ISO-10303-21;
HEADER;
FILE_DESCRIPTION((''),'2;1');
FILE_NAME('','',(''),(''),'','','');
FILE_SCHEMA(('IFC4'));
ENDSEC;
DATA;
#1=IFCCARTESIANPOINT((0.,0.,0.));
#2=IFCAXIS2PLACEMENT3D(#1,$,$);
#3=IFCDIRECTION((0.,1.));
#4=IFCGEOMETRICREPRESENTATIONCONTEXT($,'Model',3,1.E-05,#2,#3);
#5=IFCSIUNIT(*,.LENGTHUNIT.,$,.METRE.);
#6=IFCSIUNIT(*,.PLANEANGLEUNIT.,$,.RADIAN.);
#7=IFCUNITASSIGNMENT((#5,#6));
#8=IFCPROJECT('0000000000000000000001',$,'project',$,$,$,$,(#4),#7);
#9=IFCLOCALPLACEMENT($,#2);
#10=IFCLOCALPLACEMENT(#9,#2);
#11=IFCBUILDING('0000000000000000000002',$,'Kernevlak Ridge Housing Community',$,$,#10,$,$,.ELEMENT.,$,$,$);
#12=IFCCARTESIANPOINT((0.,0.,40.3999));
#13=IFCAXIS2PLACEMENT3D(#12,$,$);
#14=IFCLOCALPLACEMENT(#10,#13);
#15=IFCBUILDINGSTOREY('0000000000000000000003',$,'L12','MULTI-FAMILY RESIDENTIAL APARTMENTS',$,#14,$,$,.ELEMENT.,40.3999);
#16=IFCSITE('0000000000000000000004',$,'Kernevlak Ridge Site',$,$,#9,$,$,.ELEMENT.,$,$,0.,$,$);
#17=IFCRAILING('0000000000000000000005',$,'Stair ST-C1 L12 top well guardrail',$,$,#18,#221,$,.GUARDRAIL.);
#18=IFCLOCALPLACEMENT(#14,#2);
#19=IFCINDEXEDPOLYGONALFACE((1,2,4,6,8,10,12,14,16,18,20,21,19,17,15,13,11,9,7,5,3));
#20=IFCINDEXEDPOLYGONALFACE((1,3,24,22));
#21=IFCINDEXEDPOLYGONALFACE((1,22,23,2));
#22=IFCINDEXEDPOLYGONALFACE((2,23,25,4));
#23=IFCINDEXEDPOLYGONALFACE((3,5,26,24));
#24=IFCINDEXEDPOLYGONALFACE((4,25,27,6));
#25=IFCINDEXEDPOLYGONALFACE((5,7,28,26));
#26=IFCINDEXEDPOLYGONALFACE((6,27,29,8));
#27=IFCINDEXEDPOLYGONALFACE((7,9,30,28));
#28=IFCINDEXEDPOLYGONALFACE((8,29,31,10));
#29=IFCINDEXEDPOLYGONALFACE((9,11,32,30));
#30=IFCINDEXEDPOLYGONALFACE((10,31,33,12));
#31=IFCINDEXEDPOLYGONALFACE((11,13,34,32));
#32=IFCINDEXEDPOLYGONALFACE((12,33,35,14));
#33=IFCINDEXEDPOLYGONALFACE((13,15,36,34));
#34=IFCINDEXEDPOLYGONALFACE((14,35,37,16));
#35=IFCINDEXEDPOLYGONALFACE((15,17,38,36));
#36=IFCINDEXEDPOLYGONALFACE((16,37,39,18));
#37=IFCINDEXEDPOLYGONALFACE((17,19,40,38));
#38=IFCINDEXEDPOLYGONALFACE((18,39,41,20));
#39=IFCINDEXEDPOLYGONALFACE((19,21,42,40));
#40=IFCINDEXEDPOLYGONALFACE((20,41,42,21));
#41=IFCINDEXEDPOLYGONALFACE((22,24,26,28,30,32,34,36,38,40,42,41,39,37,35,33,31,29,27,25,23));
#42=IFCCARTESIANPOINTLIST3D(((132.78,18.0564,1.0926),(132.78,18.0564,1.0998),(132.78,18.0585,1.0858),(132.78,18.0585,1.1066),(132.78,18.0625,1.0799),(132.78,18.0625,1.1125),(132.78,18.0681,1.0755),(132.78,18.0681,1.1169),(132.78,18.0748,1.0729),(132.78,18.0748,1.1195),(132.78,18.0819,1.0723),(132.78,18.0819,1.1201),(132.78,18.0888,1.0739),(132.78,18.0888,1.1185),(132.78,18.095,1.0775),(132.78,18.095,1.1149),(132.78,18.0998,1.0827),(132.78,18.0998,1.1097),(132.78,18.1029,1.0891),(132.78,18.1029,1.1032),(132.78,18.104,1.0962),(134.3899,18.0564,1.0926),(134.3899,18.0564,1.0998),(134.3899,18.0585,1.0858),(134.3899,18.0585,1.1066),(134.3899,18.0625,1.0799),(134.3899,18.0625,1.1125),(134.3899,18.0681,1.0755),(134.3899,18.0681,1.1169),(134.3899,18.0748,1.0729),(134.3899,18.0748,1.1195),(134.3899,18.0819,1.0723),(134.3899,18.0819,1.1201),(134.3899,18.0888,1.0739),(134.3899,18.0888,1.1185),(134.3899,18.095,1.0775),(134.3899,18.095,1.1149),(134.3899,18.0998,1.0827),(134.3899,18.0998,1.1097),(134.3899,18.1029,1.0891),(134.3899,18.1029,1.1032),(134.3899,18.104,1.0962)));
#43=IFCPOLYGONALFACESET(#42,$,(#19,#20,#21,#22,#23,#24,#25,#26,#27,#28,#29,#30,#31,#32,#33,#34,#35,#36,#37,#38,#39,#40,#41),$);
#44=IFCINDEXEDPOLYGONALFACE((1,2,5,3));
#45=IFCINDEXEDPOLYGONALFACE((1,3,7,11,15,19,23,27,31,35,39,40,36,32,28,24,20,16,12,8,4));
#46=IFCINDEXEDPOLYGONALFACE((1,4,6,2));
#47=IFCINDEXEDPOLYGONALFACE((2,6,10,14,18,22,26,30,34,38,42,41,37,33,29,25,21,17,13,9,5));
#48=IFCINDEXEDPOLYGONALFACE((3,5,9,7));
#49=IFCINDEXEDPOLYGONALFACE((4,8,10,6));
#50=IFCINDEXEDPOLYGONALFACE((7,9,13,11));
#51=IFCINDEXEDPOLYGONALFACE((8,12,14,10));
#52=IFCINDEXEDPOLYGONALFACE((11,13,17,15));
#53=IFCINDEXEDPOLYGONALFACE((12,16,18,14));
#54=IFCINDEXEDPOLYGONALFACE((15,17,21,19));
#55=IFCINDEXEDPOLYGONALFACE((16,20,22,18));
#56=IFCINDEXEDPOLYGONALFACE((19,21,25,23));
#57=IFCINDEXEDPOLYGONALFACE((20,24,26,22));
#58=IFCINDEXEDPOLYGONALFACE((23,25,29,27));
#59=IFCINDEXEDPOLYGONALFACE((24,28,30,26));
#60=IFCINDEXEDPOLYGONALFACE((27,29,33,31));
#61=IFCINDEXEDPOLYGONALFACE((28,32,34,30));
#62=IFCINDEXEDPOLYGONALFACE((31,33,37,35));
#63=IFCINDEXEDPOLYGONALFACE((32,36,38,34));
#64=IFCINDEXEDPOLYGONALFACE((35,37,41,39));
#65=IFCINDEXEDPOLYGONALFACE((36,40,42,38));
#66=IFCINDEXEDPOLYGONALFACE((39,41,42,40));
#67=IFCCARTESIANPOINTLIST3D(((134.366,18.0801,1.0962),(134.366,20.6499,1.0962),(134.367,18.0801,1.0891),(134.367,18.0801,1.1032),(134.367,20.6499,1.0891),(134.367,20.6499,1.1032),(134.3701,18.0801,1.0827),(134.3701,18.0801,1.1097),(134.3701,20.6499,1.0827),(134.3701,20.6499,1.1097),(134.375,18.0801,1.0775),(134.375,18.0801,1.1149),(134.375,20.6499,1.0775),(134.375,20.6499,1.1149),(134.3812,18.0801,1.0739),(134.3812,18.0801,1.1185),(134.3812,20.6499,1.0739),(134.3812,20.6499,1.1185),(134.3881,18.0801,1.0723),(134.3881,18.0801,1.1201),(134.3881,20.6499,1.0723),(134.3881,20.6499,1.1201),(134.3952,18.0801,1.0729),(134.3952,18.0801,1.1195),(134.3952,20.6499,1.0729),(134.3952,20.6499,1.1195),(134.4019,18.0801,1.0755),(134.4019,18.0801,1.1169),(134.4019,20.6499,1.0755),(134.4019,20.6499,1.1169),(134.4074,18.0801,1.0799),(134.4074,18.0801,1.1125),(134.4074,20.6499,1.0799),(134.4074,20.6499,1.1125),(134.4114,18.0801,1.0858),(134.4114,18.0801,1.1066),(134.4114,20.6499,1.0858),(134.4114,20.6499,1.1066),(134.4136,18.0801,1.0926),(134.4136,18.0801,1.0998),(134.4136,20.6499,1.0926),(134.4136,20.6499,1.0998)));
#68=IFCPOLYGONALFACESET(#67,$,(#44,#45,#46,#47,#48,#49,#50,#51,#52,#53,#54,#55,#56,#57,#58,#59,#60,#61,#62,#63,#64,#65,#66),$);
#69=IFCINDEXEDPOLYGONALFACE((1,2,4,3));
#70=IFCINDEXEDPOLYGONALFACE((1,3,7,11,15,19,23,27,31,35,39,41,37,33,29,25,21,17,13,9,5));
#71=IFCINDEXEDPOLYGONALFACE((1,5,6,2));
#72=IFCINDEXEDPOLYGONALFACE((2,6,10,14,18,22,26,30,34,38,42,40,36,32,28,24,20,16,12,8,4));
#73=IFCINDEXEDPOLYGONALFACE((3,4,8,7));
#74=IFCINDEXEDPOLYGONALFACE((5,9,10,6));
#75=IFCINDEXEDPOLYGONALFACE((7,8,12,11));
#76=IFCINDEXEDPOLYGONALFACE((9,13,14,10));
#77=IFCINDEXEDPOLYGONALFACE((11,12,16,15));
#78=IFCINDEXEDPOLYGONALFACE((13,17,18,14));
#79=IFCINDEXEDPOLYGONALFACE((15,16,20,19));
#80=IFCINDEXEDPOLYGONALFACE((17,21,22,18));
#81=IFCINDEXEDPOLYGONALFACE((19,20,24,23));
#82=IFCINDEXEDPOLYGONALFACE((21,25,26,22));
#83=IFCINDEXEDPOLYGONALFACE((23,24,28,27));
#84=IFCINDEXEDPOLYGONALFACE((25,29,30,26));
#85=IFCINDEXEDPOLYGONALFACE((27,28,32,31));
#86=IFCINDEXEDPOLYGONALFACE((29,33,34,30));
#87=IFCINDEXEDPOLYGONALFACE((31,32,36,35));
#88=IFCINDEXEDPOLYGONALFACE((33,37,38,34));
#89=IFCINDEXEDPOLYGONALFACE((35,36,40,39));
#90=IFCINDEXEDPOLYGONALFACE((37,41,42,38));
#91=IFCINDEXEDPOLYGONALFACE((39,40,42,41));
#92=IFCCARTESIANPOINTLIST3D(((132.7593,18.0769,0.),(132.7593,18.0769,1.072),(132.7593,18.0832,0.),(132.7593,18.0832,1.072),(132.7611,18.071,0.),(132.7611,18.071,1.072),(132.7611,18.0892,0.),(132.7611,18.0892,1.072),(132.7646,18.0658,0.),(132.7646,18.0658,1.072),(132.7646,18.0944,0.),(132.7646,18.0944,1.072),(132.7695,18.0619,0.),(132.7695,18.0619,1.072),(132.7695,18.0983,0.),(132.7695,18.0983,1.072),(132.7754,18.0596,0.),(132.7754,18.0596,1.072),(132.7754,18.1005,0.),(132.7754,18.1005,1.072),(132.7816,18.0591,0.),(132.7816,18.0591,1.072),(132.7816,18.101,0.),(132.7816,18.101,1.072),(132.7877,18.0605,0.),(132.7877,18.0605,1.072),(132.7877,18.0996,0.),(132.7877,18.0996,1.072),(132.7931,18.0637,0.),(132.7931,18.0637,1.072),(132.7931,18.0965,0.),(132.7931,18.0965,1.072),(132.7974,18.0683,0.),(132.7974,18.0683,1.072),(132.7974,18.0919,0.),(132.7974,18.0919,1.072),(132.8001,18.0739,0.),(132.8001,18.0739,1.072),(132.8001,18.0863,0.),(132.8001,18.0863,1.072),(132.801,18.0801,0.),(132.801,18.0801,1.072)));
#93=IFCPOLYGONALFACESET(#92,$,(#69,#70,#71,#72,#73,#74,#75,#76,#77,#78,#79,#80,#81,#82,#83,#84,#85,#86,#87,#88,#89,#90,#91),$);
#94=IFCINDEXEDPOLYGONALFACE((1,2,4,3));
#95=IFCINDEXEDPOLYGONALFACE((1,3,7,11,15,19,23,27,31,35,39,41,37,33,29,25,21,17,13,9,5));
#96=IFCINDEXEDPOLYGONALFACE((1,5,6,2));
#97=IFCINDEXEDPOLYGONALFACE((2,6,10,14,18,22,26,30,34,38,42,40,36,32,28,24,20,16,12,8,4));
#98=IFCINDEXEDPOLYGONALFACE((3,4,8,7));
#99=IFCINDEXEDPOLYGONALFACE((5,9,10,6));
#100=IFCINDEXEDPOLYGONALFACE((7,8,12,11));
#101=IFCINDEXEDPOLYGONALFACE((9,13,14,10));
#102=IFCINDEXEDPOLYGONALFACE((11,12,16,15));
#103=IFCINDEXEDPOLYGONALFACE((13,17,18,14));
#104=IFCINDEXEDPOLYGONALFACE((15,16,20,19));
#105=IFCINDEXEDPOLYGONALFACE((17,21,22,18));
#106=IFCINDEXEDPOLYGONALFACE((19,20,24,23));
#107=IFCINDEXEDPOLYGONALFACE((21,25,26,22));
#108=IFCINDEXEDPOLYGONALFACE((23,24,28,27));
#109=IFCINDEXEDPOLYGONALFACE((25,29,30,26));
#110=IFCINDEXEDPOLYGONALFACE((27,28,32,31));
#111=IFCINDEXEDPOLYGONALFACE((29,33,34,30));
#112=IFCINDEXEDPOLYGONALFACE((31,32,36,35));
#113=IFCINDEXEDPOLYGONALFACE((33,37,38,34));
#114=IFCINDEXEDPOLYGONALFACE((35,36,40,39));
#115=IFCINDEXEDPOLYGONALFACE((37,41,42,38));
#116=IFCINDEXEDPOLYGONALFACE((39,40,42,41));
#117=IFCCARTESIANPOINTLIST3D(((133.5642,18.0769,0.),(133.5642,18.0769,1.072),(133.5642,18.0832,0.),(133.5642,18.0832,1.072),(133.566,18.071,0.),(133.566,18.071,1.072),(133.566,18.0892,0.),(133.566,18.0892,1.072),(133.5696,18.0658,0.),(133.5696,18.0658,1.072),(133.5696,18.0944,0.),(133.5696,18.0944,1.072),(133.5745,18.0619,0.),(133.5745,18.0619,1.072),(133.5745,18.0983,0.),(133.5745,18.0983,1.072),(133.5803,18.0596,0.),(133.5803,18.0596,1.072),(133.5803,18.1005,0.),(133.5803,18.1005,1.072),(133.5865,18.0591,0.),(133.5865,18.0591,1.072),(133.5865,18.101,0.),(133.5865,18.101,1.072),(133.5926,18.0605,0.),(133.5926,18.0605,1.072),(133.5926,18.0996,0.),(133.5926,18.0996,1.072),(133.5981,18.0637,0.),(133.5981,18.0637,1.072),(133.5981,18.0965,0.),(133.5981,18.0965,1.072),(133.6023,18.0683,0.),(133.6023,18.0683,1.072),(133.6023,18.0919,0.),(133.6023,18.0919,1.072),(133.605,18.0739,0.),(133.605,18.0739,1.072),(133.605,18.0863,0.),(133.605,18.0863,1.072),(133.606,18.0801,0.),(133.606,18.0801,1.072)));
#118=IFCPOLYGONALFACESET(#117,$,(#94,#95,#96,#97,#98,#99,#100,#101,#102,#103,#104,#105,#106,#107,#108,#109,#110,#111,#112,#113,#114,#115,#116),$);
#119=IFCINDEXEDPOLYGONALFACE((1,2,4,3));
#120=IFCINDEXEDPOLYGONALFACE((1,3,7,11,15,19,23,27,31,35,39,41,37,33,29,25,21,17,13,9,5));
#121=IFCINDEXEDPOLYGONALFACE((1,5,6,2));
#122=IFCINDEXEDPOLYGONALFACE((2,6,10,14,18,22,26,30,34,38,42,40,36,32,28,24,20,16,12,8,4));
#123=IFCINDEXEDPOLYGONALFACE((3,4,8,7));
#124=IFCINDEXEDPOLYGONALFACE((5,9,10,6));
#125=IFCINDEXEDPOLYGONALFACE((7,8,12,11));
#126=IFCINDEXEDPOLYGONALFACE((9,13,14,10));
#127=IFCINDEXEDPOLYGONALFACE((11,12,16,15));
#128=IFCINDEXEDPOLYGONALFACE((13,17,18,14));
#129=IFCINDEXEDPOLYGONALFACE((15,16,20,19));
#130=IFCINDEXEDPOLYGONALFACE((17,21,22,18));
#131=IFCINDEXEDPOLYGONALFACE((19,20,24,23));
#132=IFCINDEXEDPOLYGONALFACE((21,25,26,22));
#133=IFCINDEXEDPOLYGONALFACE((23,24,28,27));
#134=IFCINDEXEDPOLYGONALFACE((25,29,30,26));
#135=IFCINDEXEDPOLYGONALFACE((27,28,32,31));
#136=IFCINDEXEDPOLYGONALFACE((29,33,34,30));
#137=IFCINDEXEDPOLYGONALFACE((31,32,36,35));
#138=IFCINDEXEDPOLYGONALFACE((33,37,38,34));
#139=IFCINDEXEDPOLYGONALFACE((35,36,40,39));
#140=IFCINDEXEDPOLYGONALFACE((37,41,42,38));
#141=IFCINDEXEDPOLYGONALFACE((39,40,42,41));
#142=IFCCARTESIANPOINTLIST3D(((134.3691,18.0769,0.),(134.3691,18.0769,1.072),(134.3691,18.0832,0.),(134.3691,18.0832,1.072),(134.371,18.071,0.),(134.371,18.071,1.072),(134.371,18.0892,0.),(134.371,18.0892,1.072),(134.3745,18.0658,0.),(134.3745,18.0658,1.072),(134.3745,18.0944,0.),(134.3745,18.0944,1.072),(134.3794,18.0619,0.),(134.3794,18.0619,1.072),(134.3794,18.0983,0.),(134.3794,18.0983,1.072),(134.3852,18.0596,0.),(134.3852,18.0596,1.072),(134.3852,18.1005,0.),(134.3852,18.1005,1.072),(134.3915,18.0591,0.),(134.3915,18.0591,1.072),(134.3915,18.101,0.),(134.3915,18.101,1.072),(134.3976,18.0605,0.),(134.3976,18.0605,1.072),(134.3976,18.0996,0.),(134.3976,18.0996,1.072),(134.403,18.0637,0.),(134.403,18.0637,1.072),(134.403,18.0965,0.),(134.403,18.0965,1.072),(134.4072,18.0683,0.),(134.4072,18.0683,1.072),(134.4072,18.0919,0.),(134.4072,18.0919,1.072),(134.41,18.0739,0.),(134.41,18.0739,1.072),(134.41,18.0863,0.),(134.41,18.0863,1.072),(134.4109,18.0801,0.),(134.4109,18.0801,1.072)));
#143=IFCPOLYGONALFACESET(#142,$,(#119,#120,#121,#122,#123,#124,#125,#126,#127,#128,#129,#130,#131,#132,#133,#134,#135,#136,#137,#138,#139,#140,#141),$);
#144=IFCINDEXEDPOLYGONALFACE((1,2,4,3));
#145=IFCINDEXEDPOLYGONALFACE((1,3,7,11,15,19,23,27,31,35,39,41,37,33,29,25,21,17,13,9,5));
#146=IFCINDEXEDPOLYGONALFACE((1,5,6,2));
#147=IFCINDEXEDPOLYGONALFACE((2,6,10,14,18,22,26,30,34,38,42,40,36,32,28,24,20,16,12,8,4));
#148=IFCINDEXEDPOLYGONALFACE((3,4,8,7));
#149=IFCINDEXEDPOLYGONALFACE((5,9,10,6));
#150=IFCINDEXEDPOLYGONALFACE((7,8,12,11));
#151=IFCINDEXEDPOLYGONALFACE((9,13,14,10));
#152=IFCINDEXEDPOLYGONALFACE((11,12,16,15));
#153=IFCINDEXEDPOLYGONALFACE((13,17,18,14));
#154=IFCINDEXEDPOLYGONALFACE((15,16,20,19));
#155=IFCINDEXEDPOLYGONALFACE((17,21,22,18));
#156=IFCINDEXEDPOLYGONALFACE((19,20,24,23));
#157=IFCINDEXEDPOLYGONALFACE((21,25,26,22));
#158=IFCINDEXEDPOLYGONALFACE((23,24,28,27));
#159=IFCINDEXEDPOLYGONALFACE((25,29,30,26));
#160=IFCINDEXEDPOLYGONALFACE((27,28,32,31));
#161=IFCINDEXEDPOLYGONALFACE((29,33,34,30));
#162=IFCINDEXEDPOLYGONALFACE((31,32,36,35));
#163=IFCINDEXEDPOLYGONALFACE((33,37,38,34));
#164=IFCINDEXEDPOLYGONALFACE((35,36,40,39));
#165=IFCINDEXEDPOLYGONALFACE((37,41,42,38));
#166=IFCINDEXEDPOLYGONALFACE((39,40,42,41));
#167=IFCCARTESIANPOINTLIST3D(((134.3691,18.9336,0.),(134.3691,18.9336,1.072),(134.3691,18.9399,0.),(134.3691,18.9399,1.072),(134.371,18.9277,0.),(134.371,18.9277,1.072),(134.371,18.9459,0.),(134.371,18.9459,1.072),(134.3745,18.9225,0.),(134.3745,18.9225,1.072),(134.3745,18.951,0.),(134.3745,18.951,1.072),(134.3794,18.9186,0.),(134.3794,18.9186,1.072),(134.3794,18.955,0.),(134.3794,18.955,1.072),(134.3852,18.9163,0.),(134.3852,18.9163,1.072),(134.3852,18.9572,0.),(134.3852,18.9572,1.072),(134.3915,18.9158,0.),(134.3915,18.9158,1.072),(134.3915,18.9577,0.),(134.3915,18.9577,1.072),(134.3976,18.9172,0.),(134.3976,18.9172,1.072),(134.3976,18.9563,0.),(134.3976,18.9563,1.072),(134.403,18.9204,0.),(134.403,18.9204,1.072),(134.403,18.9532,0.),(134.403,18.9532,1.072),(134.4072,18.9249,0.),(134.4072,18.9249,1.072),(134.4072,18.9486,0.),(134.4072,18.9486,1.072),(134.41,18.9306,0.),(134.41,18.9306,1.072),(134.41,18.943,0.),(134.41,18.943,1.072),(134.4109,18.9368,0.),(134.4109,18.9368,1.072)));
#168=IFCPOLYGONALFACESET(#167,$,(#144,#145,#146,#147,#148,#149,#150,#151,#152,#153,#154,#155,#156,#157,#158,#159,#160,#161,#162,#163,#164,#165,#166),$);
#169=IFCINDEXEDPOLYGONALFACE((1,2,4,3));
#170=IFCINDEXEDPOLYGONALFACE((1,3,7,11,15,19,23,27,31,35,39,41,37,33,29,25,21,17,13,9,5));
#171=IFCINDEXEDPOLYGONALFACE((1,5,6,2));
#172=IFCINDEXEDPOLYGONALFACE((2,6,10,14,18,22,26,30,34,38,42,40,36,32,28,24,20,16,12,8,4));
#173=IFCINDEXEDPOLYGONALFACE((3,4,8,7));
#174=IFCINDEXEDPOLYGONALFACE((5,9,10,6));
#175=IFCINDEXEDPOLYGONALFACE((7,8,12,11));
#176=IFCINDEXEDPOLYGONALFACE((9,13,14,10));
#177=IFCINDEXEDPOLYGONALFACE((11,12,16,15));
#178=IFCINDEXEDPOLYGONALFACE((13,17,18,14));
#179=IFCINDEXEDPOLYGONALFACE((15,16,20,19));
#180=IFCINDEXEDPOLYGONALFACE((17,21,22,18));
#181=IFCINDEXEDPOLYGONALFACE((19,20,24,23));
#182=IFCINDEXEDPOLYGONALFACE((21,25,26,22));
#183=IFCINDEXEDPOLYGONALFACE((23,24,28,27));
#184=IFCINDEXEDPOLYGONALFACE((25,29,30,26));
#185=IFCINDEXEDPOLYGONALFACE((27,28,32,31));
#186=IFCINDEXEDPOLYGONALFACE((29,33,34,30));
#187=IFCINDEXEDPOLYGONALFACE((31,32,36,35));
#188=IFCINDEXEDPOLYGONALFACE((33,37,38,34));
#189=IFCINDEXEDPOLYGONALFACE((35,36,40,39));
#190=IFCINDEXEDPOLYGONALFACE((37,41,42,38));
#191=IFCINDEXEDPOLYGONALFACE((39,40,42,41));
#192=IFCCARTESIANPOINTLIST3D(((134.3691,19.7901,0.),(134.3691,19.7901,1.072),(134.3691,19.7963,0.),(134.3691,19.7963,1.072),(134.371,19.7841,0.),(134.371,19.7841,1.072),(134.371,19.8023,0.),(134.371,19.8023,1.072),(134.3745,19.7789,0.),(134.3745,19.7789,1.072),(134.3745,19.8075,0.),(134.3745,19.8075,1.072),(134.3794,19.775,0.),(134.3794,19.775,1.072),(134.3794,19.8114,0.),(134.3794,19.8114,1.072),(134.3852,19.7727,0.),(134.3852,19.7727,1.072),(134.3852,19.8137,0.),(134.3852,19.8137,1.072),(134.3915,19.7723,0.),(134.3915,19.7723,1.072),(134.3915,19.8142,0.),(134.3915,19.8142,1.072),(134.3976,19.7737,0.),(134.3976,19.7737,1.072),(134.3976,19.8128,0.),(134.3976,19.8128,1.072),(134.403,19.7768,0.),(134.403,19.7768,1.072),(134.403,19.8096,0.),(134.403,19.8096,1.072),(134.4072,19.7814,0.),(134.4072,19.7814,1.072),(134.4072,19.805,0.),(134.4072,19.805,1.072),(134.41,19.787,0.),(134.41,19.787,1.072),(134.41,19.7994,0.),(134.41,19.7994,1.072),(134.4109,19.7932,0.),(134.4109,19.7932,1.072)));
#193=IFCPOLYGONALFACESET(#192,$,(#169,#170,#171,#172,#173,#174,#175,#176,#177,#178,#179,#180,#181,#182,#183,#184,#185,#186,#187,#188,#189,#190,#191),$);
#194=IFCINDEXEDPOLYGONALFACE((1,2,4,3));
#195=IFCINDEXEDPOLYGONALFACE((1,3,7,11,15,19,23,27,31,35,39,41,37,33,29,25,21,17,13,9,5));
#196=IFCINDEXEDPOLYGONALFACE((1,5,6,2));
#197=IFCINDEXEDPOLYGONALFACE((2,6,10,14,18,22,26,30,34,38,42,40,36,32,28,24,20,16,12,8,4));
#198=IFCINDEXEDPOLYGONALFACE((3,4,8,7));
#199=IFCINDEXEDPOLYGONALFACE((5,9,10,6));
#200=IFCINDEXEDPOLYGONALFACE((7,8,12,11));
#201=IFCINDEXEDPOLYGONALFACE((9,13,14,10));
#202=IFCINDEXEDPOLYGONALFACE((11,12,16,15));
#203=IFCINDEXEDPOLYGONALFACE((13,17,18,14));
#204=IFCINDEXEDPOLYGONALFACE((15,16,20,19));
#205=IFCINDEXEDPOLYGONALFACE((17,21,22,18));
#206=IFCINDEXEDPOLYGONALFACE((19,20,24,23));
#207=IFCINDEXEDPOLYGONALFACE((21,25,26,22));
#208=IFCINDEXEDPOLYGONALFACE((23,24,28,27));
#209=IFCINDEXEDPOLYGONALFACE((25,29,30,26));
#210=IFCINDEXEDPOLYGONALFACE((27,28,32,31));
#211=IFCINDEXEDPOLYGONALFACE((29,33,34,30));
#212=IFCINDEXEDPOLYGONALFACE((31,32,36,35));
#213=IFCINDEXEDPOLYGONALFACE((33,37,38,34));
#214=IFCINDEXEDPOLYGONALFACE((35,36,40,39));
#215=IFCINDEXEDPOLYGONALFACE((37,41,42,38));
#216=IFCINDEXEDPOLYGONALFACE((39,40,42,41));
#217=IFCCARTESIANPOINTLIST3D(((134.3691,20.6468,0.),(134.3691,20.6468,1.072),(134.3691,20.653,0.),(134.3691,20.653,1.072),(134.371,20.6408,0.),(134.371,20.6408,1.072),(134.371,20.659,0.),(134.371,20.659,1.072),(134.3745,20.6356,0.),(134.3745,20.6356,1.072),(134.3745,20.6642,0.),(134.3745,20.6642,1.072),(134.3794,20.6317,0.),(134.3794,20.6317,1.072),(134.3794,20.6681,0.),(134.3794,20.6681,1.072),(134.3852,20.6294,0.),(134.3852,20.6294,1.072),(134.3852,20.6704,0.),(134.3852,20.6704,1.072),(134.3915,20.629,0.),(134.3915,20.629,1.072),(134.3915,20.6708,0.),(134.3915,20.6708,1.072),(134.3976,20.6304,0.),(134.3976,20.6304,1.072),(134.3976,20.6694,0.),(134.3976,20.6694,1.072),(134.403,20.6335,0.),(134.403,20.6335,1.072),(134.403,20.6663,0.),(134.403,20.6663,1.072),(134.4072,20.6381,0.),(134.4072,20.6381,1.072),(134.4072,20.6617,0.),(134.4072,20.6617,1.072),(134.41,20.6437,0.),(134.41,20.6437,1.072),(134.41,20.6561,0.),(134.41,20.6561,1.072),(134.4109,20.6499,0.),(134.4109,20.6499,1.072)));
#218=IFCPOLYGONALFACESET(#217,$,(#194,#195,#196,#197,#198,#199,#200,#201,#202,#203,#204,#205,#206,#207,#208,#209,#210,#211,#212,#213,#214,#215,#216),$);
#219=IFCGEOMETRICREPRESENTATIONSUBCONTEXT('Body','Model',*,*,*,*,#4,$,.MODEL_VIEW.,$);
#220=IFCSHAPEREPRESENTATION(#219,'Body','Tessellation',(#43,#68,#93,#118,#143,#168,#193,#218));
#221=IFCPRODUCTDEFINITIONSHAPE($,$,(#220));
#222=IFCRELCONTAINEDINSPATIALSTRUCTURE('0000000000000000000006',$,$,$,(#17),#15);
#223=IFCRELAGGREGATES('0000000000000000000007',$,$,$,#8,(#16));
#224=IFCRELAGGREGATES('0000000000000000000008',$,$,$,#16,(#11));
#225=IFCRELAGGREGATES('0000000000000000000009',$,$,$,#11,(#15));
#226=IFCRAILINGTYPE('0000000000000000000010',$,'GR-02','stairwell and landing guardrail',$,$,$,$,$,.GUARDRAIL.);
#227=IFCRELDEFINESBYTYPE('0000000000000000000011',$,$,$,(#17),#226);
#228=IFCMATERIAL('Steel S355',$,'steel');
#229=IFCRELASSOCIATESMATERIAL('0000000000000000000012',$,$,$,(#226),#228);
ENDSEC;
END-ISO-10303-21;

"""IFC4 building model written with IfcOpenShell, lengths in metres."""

from ifc_helpers import new_model, si_unit, direction, frame, origin, origin_2d, place, context, subcontext, project, spatial, circle, extrude, material, type_object, element, save


model = new_model("IFC4")

# Units and contexts
model_context = context("Model", 3, precision=1e-05, world=origin(), true_north=direction((0.0, 1.0)))
body_context = subcontext(model_context, "Body", "Model", "MODEL_VIEW")
ifc_project = project(units=[si_unit("LENGTHUNIT", "METRE"), si_unit("PLANEANGLEUNIT", "RADIAN")], contexts=[model_context])

# Site, building, storey
site_placement = place(None, origin())
site = spatial("IfcSite", under=ifc_project, at=site_placement, Name="Kernevlak Ridge Site", CompositionType="ELEMENT", RefElevation=0.0)
building_placement = place(site_placement, origin())
building = spatial("IfcBuilding", under=site, at=building_placement, Name="Kernevlak Ridge Housing Community", CompositionType="ELEMENT")
storey_placement = place(building_placement, frame((0.0, 0.0, 40.3999)))
storey = spatial("IfcBuildingStorey", under=building, at=storey_placement, Name="L12", Description="MULTI-FAMILY RESIDENTIAL APARTMENTS", CompositionType="ELEMENT", Elevation=40.3999)

# Railing
ifc_material_1 = material(Name="Steel S355", Category="steel")
railing_type = type_object("IfcRailingType", Name="GR-02", Description="stairwell and landing guardrail", PredefinedType="GUARDRAIL", material=ifc_material_1)
railing_placement = place(storey_placement, frame((132.78, 18.0801, 0.0)))
element("IfcRailing", 1, at=railing_placement, inside=storey, type_object=railing_type, Name="Stair ST-C1 L12 top well guardrail", PredefinedType="GUARDRAIL", context=body_context, shape_type="SweptSolid", body=[
    extrude(circle(Radius=0.0239, at=origin_2d()), frame((0.0, 0.0, 1.0962), z_axis=(1.0, 0.0, 0.0), x_axis=(0.0, 1.0, 0.0)), (0.0, 0.0, 1.0), 1.6099),
    extrude(circle(Radius=0.0239, at=origin_2d()), frame((1.6099, 0.0, 1.0962), z_axis=(0.0, 1.0, 0.0), x_axis=(-1.0, 0.0, 0.0)), (0.0, 0.0, 1.0), 2.5698),
    extrude(circle(Radius=0.021, at=origin_2d()), origin(), (0.0, 0.0, 1.0), 1.072),
    extrude(circle(Radius=0.021, at=origin_2d()), frame((0.8049, 0.0, 0.0)), (0.0, 0.0, 1.0), 1.072),
    extrude(circle(Radius=0.021, at=origin_2d()), frame((1.6099, 0.0, 0.0)), (0.0, 0.0, 1.0), 1.072),
    extrude(circle(Radius=0.021, at=origin_2d()), frame((1.6099, 0.8567, 0.0)), (0.0, 0.0, 1.0), 1.072),
    extrude(circle(Radius=0.021, at=origin_2d()), frame((1.6099, 1.7131, 0.0)), (0.0, 0.0, 1.0), 1.072),
    extrude(circle(Radius=0.021, at=origin_2d()), frame((1.6099, 2.5698, 0.0)), (0.0, 0.0, 1.0), 1.072),
])

save(model, "model.ifc")
